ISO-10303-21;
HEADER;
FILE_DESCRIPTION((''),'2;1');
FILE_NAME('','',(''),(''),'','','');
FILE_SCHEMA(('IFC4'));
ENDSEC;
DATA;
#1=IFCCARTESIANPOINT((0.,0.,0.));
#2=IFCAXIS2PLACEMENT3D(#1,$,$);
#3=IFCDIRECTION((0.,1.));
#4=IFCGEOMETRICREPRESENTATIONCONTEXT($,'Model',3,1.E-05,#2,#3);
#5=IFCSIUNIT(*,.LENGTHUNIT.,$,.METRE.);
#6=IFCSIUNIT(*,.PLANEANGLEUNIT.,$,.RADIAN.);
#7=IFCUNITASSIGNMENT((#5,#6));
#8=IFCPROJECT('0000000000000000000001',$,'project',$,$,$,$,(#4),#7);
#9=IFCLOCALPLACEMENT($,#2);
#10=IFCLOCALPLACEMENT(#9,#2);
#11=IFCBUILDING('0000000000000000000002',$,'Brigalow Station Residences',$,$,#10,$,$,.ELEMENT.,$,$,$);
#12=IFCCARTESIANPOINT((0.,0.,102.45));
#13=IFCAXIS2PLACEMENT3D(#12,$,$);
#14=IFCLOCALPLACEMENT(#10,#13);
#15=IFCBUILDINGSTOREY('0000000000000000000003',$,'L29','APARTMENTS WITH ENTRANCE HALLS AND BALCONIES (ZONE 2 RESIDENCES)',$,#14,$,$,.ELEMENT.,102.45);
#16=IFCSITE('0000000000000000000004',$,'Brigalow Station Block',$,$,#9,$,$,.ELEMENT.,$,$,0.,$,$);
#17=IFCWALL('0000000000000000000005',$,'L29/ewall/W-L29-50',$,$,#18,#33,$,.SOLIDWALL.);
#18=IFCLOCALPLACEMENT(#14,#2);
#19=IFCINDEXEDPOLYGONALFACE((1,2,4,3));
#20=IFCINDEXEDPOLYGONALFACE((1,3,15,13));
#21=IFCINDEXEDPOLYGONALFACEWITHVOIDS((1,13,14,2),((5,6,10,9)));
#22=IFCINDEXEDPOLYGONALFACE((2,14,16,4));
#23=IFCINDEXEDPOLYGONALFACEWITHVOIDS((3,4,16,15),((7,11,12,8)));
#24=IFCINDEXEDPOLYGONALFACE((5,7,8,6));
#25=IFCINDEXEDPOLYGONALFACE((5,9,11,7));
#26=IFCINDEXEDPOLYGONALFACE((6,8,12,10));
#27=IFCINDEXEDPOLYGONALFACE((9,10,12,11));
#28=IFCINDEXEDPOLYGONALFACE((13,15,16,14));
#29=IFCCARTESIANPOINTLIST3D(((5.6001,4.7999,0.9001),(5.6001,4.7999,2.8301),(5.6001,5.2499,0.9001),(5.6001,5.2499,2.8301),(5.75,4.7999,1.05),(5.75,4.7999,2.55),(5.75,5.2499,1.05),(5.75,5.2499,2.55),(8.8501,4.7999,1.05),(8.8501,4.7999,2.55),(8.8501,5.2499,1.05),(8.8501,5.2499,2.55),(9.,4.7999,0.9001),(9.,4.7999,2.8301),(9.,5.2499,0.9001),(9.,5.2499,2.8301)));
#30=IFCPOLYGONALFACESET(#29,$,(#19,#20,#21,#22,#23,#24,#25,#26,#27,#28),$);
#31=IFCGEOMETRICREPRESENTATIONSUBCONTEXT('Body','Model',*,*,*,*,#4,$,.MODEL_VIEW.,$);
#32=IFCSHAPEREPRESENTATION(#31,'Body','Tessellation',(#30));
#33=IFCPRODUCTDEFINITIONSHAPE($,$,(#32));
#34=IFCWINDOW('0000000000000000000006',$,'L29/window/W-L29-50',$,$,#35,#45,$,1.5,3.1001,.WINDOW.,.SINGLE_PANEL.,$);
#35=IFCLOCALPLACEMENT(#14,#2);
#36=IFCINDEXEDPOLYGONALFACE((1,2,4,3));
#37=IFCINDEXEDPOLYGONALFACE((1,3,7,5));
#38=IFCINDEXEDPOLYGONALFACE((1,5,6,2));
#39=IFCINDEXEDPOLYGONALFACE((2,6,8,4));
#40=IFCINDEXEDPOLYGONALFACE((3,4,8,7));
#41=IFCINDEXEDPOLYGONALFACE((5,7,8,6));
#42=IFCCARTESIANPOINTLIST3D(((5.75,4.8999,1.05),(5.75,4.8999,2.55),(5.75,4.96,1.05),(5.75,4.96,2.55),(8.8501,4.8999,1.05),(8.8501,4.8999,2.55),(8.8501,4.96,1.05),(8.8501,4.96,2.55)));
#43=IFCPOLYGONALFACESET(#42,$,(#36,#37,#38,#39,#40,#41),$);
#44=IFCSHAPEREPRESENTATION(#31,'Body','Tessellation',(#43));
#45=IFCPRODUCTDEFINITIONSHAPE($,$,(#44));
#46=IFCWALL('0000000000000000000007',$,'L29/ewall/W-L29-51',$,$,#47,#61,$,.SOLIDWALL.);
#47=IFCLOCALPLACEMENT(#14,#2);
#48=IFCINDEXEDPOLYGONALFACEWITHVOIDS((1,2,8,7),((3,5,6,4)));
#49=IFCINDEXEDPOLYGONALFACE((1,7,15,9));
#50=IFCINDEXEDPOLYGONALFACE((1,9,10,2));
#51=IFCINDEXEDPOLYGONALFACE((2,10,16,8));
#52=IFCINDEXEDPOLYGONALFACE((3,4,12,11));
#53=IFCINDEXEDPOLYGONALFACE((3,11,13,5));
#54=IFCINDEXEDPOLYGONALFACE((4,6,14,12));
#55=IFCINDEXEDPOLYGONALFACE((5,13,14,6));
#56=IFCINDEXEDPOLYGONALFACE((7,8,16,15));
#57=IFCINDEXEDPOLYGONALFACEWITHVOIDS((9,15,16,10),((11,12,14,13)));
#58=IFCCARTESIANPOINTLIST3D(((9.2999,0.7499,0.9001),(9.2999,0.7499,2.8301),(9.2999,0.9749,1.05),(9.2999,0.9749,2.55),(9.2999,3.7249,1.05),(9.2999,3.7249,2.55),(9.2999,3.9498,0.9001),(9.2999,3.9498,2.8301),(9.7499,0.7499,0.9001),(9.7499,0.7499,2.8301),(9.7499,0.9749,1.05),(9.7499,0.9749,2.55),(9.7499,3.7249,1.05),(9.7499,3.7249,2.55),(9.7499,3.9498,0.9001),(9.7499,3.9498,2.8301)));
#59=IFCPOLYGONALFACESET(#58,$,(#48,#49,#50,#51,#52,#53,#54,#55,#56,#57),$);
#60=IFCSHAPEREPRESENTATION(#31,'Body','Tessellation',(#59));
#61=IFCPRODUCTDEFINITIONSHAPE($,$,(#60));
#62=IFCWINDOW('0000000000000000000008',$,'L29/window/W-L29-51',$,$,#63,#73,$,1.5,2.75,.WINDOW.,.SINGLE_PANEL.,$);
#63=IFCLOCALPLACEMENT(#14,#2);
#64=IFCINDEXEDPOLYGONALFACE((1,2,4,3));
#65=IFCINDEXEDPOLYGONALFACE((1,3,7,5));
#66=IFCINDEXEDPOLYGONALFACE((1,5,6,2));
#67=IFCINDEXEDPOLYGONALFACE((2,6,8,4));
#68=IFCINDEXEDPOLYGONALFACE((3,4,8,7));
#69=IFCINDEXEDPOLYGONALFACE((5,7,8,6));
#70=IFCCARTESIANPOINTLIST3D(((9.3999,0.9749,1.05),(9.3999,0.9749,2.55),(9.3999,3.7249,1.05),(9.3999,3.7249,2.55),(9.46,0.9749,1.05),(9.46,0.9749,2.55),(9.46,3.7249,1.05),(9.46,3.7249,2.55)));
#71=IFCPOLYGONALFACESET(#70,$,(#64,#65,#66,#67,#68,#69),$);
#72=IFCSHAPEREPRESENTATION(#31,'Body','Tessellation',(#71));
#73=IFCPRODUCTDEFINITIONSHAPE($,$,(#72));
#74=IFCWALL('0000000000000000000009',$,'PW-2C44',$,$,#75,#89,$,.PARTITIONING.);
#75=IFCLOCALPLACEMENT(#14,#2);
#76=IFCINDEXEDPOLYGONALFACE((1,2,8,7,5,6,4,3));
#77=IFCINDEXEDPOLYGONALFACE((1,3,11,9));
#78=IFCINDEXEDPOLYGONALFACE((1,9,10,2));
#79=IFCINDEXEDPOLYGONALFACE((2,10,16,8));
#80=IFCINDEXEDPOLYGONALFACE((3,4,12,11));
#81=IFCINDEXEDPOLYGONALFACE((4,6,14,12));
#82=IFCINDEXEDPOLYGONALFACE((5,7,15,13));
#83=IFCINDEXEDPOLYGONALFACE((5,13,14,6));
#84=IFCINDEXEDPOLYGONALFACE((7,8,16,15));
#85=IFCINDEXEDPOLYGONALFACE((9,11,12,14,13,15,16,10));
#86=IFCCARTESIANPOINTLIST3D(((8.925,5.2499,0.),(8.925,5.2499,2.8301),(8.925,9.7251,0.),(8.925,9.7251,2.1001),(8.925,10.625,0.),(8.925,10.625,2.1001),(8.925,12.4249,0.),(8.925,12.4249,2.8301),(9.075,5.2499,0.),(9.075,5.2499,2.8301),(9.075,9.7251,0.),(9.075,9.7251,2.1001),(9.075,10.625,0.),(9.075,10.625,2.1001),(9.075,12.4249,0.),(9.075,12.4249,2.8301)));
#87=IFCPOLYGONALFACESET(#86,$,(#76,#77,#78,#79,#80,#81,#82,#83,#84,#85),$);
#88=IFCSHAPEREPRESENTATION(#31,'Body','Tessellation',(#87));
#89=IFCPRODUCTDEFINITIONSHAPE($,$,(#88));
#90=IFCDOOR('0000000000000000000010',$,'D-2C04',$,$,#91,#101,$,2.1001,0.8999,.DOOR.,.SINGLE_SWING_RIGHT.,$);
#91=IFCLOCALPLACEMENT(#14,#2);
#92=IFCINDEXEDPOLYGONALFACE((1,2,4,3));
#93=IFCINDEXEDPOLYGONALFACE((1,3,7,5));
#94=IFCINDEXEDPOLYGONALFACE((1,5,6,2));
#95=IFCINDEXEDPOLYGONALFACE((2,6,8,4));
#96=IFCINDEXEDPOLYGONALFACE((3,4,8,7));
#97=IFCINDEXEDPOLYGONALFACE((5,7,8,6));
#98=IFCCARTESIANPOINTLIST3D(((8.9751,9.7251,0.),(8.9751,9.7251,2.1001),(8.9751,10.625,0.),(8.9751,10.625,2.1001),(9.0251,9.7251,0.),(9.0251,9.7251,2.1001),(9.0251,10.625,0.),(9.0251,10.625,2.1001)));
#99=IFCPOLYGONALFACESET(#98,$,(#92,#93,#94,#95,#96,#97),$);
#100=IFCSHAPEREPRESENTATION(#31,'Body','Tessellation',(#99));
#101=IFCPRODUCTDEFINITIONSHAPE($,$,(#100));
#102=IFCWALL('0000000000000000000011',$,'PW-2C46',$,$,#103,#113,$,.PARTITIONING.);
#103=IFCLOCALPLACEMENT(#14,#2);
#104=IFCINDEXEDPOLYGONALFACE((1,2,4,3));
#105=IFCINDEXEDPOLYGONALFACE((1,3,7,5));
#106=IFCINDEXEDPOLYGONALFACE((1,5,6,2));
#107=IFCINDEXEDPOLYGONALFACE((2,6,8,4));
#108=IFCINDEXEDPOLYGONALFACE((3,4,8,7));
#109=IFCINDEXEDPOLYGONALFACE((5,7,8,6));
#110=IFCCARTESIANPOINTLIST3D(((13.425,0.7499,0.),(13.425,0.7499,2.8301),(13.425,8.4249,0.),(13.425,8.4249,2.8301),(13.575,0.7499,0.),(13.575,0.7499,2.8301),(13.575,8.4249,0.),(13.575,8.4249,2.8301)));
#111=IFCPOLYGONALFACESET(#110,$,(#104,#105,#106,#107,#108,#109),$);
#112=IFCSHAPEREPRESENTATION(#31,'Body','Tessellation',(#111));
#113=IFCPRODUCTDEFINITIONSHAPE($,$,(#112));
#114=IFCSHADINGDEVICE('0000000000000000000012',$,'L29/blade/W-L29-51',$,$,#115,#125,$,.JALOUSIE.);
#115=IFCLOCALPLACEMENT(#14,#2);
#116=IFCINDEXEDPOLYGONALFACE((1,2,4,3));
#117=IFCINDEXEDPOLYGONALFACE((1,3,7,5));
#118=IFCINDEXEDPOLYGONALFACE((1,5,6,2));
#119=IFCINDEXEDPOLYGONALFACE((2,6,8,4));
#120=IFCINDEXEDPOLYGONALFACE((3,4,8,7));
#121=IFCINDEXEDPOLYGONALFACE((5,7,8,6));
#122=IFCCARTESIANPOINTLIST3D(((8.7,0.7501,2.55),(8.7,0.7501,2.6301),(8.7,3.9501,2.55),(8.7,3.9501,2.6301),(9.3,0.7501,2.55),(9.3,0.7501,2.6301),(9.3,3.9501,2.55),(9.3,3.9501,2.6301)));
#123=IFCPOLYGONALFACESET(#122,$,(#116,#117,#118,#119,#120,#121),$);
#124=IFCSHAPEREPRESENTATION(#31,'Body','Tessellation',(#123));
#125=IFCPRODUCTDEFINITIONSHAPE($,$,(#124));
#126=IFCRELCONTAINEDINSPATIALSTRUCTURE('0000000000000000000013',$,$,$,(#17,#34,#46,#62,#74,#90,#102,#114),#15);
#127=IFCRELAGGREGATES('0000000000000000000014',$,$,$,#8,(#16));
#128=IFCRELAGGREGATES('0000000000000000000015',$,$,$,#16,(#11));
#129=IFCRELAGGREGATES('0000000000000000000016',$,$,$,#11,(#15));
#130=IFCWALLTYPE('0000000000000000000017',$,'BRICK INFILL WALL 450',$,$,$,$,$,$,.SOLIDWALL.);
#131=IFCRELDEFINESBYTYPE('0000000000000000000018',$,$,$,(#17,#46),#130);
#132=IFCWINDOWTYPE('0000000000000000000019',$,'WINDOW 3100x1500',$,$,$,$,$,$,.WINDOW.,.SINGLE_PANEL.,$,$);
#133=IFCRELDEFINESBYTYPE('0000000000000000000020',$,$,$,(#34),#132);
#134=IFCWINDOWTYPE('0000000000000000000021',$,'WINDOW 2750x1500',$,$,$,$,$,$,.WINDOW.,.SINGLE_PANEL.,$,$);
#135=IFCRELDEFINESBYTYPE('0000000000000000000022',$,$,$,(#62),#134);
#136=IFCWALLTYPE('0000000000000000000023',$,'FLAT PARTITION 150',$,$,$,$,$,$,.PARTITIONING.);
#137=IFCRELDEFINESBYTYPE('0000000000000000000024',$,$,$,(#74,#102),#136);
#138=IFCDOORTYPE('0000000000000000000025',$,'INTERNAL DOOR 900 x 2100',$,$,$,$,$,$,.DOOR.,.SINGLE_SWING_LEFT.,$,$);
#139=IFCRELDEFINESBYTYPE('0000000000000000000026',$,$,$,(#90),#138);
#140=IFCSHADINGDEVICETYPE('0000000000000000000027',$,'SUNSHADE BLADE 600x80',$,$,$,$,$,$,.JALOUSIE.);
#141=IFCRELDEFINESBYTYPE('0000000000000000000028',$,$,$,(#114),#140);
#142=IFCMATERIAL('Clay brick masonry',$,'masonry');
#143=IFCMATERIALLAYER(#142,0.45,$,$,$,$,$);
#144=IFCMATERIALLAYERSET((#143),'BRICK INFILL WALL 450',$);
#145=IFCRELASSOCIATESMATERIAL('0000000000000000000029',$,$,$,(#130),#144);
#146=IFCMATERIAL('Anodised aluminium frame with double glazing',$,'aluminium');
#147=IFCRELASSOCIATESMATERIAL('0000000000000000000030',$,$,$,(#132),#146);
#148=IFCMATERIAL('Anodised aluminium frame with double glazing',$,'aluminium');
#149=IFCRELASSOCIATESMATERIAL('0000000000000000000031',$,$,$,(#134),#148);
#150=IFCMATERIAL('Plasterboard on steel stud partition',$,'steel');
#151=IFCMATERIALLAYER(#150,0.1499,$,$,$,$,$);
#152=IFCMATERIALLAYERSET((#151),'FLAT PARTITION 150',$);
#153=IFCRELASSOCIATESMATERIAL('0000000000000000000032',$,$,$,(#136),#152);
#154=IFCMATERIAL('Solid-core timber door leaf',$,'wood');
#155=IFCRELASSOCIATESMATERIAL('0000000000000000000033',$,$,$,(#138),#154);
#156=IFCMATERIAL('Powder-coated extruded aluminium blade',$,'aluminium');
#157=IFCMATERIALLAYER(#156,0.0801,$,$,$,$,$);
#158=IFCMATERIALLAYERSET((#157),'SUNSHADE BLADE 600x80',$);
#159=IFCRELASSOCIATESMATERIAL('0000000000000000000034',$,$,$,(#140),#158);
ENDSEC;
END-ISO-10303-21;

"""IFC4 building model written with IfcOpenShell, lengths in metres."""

from ifc_helpers import new_model, si_unit, direction, frame, frame_2d, origin, origin_2d, place, context, subcontext, project, spatial, rectangle, extrude, material, layer, layer_set, type_object, element, fill, save


model = new_model("IFC4")

# Units and contexts
model_context = context("Model", 3, precision=1e-05, world=origin(), true_north=direction((0.0, 1.0)))
body_context = subcontext(model_context, "Body", "Model", "MODEL_VIEW")
ifc_project = project(units=[si_unit("LENGTHUNIT", "METRE"), si_unit("PLANEANGLEUNIT", "RADIAN")], contexts=[model_context])

# Site, building, storey
site_placement = place(None, origin())
site = spatial("IfcSite", under=ifc_project, at=site_placement, Name="Brigalow Station Block", CompositionType="ELEMENT", RefElevation=0.0)
building_placement = place(site_placement, origin())
building = spatial("IfcBuilding", under=site, at=building_placement, Name="Brigalow Station Residences", CompositionType="ELEMENT")
storey_placement = place(building_placement, frame((0.0, 0.0, 102.45)))
storey = spatial("IfcBuildingStorey", under=building, at=storey_placement, Name="L29", Description="APARTMENTS WITH ENTRANCE HALLS AND BALCONIES (ZONE 2 RESIDENCES)", CompositionType="ELEMENT", Elevation=102.45)

# Walls, openings, windows
ifc_material_1 = material(Name="Clay brick masonry", Category="masonry")
ifc_layer_1 = layer(ifc_material_1, 0.45)
ifc_layer_set_1 = layer_set([ifc_layer_1], Name="BRICK INFILL WALL 450")
wall_type_1 = type_object("IfcWallType", Name="BRICK INFILL WALL 450", PredefinedType="SOLIDWALL", material=ifc_layer_set_1)
wall_1_placement = place(storey_placement, frame((5.6001, 5.0249, 0.9001), z_axis=(0.0, 0.0, 1.0), x_axis=(1.0, 0.0, 0.0)))
wall_1 = element("IfcWall", 1, at=wall_1_placement, inside=storey, type_object=wall_type_1, Name="L29/ewall/W-L29-50", PredefinedType="SOLIDWALL", context=body_context, shape_type="SweptSolid", body=[
    extrude(rectangle(XDim=3.3999, YDim=0.45, at=frame_2d((1.7, 0.0))), origin(), (0.0, 0.0, 1.0), 1.9299),
])
opening_1_placement = place(wall_1_placement, frame((0.1499, 0.0, 0.1499)))
opening_1 = element("IfcOpeningElement", 2, at=opening_1_placement, cuts=wall_1, PredefinedType="OPENING", context=body_context, shape_type="SweptSolid", body=[
    extrude(rectangle(XDim=3.1001, YDim=1.5, at=frame_2d((1.55, 0.75))), frame((0.0, 0.2349, 0.0), z_axis=(0.0, -1.0, 0.0), x_axis=(1.0, 0.0, 0.0)), (0.0, 0.0, 1.0), 0.47),
])
ifc_material_2 = material(Name="Anodised aluminium frame with double glazing", Category="aluminium")
window_type_1 = type_object("IfcWindowType", Name="WINDOW 3100x1500", PartitioningType="SINGLE_PANEL", PredefinedType="WINDOW", material=ifc_material_2)
window_1_placement = place(opening_1_placement, origin())
window_1 = element("IfcWindow", 3, at=window_1_placement, inside=storey, type_object=window_type_1, Name="L29/window/W-L29-50", OverallHeight=1.5, OverallWidth=3.1001, PartitioningType="SINGLE_PANEL", PredefinedType="WINDOW", context=body_context, shape_type="SweptSolid", body=[
    extrude(rectangle(XDim=3.1001, YDim=1.5, at=frame_2d((1.55, 0.75))), frame((0.0, -0.0649, 0.0), z_axis=(0.0, -1.0, 0.0), x_axis=(1.0, 0.0, 0.0)), (0.0, 0.0, 1.0), 0.0601),
])
fill(opening_1, window_1)
wall_2_placement = place(storey_placement, frame((9.5249, 3.95, 0.9001), z_axis=(0.0, 0.0, 1.0), x_axis=(0.0, -1.0, 0.0)))
wall_2 = element("IfcWall", 4, at=wall_2_placement, inside=storey, type_object=wall_type_1, Name="L29/ewall/W-L29-51", PredefinedType="SOLIDWALL", context=body_context, shape_type="SweptSolid", body=[
    extrude(rectangle(XDim=3.2, YDim=0.45, at=frame_2d((1.6001, 0.0))), origin(), (0.0, 0.0, 1.0), 1.9299),
])
opening_2_placement = place(wall_2_placement, frame((0.2251, 0.0, 0.1499)))
opening_2 = element("IfcOpeningElement", 5, at=opening_2_placement, cuts=wall_2, PredefinedType="OPENING", context=body_context, shape_type="SweptSolid", body=[
    extrude(rectangle(XDim=2.75, YDim=1.5, at=frame_2d((1.375, 0.75))), frame((0.0, 0.2349, 0.0), z_axis=(0.0, -1.0, 0.0), x_axis=(1.0, 0.0, 0.0)), (0.0, 0.0, 1.0), 0.47),
])
ifc_material_3 = material(Name="Anodised aluminium frame with double glazing", Category="aluminium")
window_type_2 = type_object("IfcWindowType", Name="WINDOW 2750x1500", PartitioningType="SINGLE_PANEL", PredefinedType="WINDOW", material=ifc_material_3)
window_2_placement = place(opening_2_placement, origin())
window_2 = element("IfcWindow", 6, at=window_2_placement, inside=storey, type_object=window_type_2, Name="L29/window/W-L29-51", OverallHeight=1.5, OverallWidth=2.75, PartitioningType="SINGLE_PANEL", PredefinedType="WINDOW", context=body_context, shape_type="SweptSolid", body=[
    extrude(rectangle(XDim=2.75, YDim=1.5, at=frame_2d((1.375, 0.75))), frame((0.0, -0.0649, 0.0), z_axis=(0.0, -1.0, 0.0), x_axis=(1.0, 0.0, 0.0)), (0.0, 0.0, 1.0), 0.0601),
])
fill(opening_2, window_2)

# Wall, opening, door
ifc_material_4 = material(Name="Plasterboard on steel stud partition", Category="steel")
ifc_layer_2 = layer(ifc_material_4, 0.1499)
ifc_layer_set_2 = layer_set([ifc_layer_2], Name="FLAT PARTITION 150")
wall_type_2 = type_object("IfcWallType", Name="FLAT PARTITION 150", PredefinedType="PARTITIONING", material=ifc_layer_set_2)
wall_3_placement = place(storey_placement, frame((9.0, 5.25, 0.0), z_axis=(0.0, 0.0, 1.0), x_axis=(0.0, 1.0, 0.0)))
wall_3 = element("IfcWall", 7, at=wall_3_placement, inside=storey, type_object=wall_type_2, Name="PW-2C44", PredefinedType="PARTITIONING", context=body_context, shape_type="SweptSolid", body=[
    extrude(rectangle(XDim=7.175, YDim=0.1499, at=frame_2d((3.5874, 0.0))), origin(), (0.0, 0.0, 1.0), 2.8301),
])
opening_3_placement = place(wall_3_placement, frame((4.4751, 0.0, 0.0)))
opening_3 = element("IfcOpeningElement", 8, at=opening_3_placement, cuts=wall_3, PredefinedType="OPENING", context=body_context, shape_type="SweptSolid", body=[
    extrude(rectangle(XDim=0.8999, YDim=2.1001, at=frame_2d((0.45, 1.05))), frame((0.0, 0.085, 0.0), z_axis=(0.0, -1.0, 0.0), x_axis=(1.0, 0.0, 0.0)), (0.0, 0.0, 1.0), 0.1699),
])
ifc_material_5 = material(Name="Solid-core timber door leaf", Category="wood")
door_type = type_object("IfcDoorType", Name="INTERNAL DOOR 900 x 2100", OperationType="SINGLE_SWING_LEFT", PredefinedType="DOOR", material=ifc_material_5)
door_placement = place(opening_3_placement, origin())
door = element("IfcDoor", 9, at=door_placement, inside=storey, type_object=door_type, Name="D-2C04", OperationType="SINGLE_SWING_RIGHT", OverallHeight=2.1001, OverallWidth=0.8999, PredefinedType="DOOR", context=body_context, shape_type="SweptSolid", body=[
    extrude(rectangle(XDim=0.8999, YDim=2.1001, at=frame_2d((0.45, 1.05))), frame((0.0, 0.0249, 0.0), z_axis=(0.0, -1.0, 0.0), x_axis=(1.0, 0.0, 0.0)), (0.0, 0.0, 1.0), 0.05),
])
fill(opening_3, door)

# Wall
wall_4_placement = place(storey_placement, frame((13.5, 0.75, 0.0), z_axis=(0.0, 0.0, 1.0), x_axis=(0.0, 1.0, 0.0)))
element("IfcWall", 10, at=wall_4_placement, inside=storey, type_object=wall_type_2, Name="PW-2C46", PredefinedType="PARTITIONING", context=body_context, shape_type="SweptSolid", body=[
    extrude(rectangle(XDim=7.675, YDim=0.1499, at=frame_2d((3.8374, 0.0))), origin(), (0.0, 0.0, 1.0), 2.8301),
])

# Shading device
ifc_material_6 = material(Name="Powder-coated extruded aluminium blade", Category="aluminium")
ifc_layer_3 = layer(ifc_material_6, 0.0801)
ifc_layer_set_3 = layer_set([ifc_layer_3], Name="SUNSHADE BLADE 600x80")
shading_device_type = type_object("IfcShadingDeviceType", Name="SUNSHADE BLADE 600x80", PredefinedType="JALOUSIE", material=ifc_layer_set_3)
shading_device_placement = place(storey_placement, frame((9.0, 2.3501, 2.55), z_axis=(0.0, 0.0, 1.0), x_axis=(0.0, -1.0, 0.0)))
element("IfcShadingDevice", 11, at=shading_device_placement, inside=storey, type_object=shading_device_type, Name="L29/blade/W-L29-51", PredefinedType="JALOUSIE", context=body_context, shape_type="SweptSolid", body=[
    extrude(rectangle(XDim=3.2, YDim=0.6001, at=origin_2d()), origin(), (0.0, 0.0, 1.0), 0.0801),
])

save(model, "model.ifc")
